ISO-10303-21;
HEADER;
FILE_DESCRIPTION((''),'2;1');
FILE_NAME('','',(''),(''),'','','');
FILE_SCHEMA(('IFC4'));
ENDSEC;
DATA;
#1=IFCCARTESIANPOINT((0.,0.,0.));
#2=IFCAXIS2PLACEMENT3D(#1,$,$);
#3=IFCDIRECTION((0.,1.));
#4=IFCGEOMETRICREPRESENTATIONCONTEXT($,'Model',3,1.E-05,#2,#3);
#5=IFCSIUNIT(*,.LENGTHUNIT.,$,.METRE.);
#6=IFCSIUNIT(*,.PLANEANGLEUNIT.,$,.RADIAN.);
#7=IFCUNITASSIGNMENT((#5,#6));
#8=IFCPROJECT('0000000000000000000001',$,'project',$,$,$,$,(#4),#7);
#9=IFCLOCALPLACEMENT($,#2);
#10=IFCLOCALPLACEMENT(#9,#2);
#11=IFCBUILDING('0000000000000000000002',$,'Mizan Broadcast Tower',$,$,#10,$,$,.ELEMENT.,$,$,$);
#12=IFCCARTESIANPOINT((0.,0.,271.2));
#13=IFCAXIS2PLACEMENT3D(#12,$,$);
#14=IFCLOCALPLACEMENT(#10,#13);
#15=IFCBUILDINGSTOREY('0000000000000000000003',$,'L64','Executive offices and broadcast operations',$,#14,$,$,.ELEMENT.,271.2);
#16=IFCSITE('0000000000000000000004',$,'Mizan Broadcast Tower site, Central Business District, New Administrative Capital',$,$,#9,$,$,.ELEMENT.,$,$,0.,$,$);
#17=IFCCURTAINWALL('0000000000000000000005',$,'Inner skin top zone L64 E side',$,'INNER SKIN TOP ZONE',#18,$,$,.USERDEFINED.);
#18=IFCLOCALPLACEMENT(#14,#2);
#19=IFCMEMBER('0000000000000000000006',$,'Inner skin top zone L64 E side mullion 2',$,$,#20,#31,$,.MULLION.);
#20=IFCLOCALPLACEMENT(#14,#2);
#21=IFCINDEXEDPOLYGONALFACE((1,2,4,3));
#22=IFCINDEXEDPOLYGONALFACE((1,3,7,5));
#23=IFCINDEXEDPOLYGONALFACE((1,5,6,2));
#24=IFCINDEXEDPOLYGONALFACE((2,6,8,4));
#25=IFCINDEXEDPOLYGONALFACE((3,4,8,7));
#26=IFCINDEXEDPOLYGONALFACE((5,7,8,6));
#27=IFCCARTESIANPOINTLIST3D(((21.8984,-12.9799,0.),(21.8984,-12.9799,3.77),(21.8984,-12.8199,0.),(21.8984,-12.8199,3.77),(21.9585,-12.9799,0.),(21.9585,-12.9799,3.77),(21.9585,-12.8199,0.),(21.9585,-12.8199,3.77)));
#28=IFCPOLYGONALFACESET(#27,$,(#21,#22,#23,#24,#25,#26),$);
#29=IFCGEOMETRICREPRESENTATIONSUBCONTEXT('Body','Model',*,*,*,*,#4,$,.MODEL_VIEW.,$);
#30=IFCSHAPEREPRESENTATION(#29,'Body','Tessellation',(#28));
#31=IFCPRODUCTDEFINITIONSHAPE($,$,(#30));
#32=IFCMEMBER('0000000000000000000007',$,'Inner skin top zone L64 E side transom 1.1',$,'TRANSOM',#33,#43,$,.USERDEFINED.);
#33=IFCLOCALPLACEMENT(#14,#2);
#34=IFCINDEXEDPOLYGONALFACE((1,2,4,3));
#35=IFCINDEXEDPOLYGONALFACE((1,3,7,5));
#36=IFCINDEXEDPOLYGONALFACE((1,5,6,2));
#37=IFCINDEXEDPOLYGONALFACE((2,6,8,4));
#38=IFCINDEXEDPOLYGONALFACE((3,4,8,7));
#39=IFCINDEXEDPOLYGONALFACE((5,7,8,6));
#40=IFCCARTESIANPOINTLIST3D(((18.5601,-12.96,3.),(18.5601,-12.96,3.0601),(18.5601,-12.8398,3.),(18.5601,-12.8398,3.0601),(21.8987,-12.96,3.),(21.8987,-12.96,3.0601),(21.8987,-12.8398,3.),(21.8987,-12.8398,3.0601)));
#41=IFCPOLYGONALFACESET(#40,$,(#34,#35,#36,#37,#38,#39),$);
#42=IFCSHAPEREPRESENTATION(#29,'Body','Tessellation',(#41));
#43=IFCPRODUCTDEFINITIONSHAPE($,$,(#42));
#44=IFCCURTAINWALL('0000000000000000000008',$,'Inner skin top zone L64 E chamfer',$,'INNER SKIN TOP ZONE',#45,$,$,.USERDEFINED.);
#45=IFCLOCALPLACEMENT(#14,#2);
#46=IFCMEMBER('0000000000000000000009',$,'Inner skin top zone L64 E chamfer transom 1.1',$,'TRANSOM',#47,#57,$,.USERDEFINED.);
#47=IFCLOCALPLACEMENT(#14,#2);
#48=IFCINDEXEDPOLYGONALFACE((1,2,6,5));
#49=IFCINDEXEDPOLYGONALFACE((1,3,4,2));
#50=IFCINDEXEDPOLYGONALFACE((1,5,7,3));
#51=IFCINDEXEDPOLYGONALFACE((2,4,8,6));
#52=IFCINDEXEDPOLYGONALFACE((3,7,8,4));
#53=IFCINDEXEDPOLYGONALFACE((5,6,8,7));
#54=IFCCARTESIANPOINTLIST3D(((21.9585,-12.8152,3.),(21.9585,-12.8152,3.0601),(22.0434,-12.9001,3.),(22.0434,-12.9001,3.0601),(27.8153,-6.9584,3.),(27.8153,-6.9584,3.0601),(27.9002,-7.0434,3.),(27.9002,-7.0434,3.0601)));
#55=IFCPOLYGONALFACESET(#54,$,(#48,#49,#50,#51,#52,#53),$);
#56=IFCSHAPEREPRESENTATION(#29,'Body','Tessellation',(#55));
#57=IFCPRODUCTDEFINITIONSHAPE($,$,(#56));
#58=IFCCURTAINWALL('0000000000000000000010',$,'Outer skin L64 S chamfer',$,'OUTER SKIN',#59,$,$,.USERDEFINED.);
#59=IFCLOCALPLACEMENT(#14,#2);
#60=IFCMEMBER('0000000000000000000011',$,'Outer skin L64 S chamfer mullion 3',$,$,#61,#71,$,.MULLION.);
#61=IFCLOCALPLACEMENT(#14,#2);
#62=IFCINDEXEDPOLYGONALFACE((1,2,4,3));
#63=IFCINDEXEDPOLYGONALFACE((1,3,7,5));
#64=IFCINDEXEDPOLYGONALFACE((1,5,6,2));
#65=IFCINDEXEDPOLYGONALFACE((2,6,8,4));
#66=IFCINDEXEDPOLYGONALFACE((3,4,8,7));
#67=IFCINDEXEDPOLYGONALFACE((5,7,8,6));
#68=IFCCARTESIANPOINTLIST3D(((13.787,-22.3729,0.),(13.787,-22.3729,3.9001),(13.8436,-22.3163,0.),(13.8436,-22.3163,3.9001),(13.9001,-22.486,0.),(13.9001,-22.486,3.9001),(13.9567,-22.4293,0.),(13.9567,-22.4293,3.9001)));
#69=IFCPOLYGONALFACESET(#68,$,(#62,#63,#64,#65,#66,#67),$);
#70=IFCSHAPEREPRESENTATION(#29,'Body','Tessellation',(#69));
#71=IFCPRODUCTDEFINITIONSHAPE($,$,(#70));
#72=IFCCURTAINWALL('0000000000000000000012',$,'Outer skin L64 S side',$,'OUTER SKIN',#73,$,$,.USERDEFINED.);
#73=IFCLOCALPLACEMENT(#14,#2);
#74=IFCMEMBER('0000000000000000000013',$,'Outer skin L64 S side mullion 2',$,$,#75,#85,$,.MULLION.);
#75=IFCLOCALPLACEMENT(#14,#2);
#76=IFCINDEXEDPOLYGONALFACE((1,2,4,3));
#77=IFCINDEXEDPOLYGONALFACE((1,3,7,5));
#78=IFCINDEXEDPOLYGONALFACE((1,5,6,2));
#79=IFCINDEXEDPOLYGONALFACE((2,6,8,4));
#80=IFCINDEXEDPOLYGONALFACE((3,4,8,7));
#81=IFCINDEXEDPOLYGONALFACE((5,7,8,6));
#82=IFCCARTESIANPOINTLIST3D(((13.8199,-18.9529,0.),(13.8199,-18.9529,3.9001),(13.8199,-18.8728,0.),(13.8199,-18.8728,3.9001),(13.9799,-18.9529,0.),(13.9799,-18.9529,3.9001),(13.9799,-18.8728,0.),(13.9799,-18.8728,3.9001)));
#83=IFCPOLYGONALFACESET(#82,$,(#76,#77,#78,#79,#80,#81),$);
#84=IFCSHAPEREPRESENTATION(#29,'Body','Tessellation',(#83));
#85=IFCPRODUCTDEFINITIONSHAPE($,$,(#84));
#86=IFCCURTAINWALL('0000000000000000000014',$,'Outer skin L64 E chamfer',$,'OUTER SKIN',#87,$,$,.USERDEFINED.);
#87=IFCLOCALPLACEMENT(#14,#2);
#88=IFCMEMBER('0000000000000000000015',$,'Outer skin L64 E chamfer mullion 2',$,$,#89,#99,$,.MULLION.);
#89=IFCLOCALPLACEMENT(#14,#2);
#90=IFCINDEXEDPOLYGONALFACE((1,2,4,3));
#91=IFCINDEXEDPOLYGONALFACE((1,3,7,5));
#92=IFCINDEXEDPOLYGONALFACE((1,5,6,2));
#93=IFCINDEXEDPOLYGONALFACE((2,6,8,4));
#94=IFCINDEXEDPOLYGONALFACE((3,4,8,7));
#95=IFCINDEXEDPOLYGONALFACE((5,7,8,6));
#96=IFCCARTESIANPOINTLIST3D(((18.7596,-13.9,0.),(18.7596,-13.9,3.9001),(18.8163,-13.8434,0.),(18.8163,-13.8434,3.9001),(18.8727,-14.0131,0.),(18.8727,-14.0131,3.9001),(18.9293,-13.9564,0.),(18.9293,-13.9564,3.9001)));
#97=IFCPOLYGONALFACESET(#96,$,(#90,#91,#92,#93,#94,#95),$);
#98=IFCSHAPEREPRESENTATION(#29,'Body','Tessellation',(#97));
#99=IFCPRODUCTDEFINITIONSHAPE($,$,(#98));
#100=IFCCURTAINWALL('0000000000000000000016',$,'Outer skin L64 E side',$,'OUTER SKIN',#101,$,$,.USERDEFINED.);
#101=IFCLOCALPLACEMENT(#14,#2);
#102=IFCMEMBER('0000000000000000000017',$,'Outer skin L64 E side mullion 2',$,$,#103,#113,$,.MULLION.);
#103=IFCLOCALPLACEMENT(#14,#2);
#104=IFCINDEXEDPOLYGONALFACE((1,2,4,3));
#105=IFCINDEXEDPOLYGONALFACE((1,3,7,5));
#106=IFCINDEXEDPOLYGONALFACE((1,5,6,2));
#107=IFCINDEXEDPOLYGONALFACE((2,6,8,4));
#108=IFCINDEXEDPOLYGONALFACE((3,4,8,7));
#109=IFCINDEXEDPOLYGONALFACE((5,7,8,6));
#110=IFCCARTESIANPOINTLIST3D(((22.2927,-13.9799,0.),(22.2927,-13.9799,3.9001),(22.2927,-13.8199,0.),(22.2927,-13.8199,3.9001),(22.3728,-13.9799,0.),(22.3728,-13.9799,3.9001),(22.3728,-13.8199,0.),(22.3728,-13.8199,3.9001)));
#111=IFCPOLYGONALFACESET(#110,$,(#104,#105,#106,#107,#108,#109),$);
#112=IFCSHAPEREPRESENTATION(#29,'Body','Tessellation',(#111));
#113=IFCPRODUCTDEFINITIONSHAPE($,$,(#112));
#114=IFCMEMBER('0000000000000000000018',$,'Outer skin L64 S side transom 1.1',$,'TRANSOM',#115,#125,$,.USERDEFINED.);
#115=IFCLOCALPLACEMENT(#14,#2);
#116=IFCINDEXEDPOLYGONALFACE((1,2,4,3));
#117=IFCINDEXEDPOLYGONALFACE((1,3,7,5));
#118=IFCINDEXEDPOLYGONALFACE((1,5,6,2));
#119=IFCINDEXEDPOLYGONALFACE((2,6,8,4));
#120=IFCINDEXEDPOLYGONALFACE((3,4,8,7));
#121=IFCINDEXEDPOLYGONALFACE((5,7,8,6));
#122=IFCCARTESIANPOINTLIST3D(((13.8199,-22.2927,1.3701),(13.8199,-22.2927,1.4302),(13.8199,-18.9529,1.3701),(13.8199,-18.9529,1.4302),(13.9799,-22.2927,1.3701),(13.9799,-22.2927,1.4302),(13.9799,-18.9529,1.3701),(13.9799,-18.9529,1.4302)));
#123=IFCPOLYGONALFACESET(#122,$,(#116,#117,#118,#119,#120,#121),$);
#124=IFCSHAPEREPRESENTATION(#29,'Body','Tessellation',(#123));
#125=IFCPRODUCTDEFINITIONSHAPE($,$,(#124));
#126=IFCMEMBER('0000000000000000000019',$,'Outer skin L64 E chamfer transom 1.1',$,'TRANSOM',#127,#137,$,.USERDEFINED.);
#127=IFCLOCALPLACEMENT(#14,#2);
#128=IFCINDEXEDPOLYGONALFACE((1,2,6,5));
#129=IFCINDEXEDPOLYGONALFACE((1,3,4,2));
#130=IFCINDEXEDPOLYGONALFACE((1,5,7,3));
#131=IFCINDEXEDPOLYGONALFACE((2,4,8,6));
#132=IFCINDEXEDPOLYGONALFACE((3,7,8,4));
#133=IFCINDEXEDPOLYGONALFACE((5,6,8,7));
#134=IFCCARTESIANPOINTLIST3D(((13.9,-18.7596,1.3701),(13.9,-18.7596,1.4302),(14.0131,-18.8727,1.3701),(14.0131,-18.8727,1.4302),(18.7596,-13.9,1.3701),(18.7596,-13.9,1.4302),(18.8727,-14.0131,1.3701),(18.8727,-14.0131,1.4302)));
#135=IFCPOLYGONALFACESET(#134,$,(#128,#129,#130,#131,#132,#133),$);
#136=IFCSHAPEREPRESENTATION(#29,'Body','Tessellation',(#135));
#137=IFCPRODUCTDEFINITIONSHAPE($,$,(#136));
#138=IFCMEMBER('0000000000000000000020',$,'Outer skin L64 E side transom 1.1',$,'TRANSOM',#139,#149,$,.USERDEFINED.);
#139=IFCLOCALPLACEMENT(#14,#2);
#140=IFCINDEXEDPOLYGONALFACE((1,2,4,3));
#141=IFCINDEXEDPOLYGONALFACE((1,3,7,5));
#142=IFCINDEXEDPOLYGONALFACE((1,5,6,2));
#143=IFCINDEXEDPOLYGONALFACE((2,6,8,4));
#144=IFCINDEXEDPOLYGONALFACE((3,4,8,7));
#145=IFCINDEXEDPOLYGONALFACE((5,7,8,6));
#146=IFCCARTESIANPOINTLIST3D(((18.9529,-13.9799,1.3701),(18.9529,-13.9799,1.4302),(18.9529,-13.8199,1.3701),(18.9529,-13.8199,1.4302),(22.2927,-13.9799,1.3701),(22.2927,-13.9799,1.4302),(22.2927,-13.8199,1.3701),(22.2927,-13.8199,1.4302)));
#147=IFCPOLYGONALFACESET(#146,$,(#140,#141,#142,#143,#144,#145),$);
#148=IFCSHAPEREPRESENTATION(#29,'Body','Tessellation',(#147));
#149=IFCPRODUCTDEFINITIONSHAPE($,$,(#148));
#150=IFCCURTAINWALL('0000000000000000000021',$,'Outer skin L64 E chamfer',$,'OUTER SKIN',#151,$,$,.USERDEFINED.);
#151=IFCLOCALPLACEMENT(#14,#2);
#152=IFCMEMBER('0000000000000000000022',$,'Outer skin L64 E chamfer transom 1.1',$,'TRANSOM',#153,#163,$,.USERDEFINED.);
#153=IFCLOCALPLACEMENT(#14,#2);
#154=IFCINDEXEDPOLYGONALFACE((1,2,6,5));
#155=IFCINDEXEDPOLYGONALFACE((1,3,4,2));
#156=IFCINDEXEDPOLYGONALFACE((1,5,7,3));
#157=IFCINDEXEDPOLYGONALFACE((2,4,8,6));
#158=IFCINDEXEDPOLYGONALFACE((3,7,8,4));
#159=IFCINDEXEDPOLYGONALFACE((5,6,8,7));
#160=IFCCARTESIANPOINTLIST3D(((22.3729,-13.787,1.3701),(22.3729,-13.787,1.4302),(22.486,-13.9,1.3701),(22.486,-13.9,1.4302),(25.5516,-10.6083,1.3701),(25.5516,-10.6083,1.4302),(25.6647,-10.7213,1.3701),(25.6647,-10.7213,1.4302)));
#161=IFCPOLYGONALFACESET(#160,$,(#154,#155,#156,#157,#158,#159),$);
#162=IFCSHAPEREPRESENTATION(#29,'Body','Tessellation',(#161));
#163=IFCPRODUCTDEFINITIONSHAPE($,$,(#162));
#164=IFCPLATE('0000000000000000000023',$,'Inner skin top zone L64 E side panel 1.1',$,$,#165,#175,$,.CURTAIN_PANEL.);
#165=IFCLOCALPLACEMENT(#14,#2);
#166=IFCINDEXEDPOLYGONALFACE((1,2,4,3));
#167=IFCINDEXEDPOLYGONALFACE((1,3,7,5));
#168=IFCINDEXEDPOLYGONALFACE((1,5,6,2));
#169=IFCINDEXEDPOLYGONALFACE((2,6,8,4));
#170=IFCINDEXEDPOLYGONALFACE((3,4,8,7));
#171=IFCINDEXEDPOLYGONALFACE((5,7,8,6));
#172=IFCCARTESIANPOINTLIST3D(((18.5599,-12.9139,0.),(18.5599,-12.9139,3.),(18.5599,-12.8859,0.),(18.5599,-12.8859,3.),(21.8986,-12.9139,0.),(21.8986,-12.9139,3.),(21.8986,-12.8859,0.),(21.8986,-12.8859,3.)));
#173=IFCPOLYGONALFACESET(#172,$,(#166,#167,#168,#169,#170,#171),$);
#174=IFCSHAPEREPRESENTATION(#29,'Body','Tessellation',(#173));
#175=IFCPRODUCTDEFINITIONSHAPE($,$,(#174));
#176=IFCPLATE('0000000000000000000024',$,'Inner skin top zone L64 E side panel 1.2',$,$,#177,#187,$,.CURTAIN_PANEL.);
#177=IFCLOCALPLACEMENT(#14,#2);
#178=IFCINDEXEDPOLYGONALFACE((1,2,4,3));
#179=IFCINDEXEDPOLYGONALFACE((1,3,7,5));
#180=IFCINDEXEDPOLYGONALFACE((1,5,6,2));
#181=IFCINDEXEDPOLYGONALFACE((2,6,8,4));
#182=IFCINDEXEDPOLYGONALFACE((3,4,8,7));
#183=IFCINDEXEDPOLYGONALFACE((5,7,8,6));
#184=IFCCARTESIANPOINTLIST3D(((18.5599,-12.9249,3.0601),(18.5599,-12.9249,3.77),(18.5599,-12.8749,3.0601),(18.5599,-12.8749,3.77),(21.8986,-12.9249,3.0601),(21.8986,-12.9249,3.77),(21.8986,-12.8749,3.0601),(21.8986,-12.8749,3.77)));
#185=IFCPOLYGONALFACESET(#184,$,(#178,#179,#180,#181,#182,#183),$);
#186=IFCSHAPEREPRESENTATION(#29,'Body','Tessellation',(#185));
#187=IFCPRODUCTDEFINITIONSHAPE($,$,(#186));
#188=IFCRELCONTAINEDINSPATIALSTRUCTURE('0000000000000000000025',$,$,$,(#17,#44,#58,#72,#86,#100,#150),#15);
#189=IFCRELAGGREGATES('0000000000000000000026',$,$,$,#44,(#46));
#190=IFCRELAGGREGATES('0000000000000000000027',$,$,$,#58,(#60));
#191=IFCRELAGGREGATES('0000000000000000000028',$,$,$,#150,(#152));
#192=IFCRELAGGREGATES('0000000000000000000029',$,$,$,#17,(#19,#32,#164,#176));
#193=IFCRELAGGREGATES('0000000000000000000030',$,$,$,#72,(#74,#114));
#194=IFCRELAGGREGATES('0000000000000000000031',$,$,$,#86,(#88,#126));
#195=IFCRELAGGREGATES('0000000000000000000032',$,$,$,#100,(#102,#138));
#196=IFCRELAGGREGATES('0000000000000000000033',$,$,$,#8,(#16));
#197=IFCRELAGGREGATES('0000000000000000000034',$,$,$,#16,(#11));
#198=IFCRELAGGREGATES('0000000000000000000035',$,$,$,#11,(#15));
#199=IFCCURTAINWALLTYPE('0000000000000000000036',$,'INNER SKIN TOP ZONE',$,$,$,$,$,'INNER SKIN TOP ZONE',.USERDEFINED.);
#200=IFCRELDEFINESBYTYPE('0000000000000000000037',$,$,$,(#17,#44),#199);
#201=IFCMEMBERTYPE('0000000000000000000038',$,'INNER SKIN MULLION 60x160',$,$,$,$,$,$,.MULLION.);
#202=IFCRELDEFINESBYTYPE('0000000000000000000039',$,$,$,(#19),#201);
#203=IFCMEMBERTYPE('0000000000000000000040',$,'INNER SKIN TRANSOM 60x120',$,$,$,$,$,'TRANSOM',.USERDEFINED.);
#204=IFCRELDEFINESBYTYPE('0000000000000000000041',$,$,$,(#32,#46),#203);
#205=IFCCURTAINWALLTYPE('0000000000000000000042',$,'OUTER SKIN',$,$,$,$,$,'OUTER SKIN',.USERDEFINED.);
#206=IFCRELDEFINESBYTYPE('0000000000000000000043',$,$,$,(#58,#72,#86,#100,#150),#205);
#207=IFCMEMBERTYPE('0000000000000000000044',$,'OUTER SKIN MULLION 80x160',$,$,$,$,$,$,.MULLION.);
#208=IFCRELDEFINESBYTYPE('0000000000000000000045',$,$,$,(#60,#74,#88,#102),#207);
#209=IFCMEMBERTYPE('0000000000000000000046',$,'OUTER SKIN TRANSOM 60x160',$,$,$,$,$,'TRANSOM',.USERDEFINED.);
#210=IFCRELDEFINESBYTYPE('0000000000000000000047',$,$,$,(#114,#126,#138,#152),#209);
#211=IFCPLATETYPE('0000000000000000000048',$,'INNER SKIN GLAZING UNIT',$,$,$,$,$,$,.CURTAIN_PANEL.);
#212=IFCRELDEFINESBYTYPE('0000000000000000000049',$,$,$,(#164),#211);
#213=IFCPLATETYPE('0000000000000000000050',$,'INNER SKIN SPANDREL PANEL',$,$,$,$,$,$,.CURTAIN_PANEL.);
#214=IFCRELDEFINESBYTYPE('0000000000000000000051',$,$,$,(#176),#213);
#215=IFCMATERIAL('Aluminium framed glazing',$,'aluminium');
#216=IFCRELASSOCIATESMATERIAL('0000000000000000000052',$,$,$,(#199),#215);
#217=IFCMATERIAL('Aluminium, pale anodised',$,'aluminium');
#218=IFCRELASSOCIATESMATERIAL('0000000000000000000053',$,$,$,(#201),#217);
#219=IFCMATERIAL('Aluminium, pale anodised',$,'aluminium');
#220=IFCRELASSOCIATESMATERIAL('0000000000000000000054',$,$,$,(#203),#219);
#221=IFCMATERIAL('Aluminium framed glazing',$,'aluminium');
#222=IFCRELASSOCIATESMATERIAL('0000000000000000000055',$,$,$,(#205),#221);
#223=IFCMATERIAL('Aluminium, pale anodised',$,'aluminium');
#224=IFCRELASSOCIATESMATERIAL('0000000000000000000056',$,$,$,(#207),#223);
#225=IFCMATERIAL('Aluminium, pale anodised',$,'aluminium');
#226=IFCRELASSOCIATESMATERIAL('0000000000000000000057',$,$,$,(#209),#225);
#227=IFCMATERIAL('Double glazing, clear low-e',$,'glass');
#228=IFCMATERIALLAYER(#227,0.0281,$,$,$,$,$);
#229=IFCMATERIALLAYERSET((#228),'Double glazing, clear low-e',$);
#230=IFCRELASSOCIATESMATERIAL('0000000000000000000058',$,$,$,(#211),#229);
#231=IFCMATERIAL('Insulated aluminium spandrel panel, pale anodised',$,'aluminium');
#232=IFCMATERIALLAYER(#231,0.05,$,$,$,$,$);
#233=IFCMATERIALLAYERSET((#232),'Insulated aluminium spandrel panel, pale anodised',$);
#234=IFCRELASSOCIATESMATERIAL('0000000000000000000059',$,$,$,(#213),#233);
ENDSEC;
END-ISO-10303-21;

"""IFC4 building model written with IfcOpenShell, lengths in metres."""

from ifc_helpers import new_model, si_unit, direction, frame, origin, origin_2d, place, context, subcontext, project, spatial, rectangle, extrude, material, layer, layer_set, material_profile, profile_set, type_object, element, aggregate, save


model = new_model("IFC4")

# Units and contexts
model_context = context("Model", 3, precision=1e-05, world=origin(), true_north=direction((0.0, 1.0)))
body_context = subcontext(model_context, "Body", "Model", "MODEL_VIEW")
ifc_project = project(units=[si_unit("LENGTHUNIT", "METRE"), si_unit("PLANEANGLEUNIT", "RADIAN")], contexts=[model_context])

# Site, building, storey
site_placement = place(None, origin())
site = spatial("IfcSite", under=ifc_project, at=site_placement, Name="Mizan Broadcast Tower site, Central Business District, New Administrative Capital", CompositionType="ELEMENT", RefElevation=0.0)
building_placement = place(site_placement, origin())
building = spatial("IfcBuilding", under=site, at=building_placement, Name="Mizan Broadcast Tower", CompositionType="ELEMENT")
storey_placement = place(building_placement, frame((0.0, 0.0, 271.2)))
storey = spatial("IfcBuildingStorey", under=building, at=storey_placement, Name="L64", Description="Executive offices and broadcast operations", CompositionType="ELEMENT", Elevation=271.2)

# Curtain wall, members
ifc_material_1 = material(Name="Aluminium framed glazing", Category="aluminium")
curtain_wall_type_1 = type_object("IfcCurtainWallType", Name="INNER SKIN TOP ZONE", ElementType="INNER SKIN TOP ZONE", PredefinedType="USERDEFINED", material=ifc_material_1)
curtain_wall_1_placement = place(storey_placement, origin())
curtain_wall_1 = element("IfcCurtainWall", 1, at=curtain_wall_1_placement, inside=storey, type_object=curtain_wall_type_1, Name="Inner skin top zone L64 E side", ObjectType="INNER SKIN TOP ZONE", PredefinedType="USERDEFINED")
ifc_material_2 = material(Name="Aluminium, pale anodised", Category="aluminium")
ifc_material_profile_1 = material_profile(ifc_material_2, rectangle(XDim=0.1599, YDim=0.0601, at=origin_2d()), Name="MULLION 160x60")
ifc_profile_set_1 = profile_set([ifc_material_profile_1], Name="Aluminium, pale anodised")
member_type_1 = type_object("IfcMemberType", Name="INNER SKIN MULLION 60x160", PredefinedType="MULLION", material=ifc_profile_set_1)
member_1_placement = place(storey_placement, frame((21.9285, -12.8999, 0.0), z_axis=(0.0, 0.0, 1.0), x_axis=(0.0, 1.0, 0.0)))
member_1 = element("IfcMember", 2, at=member_1_placement, type_object=member_type_1, Name="Inner skin top zone L64 E side mullion 2", PredefinedType="MULLION", context=body_context, shape_type="SweptSolid", body=[
    extrude(rectangle(XDim=0.1599, YDim=0.0601, at=origin_2d()), origin(), (0.0, 0.0, 1.0), 3.77),
])
ifc_material_3 = material(Name="Aluminium, pale anodised", Category="aluminium")
ifc_material_profile_2 = material_profile(ifc_material_3, rectangle(XDim=0.1201, YDim=0.0601, at=origin_2d()), Name="TRANSOM 120x60")
ifc_profile_set_2 = profile_set([ifc_material_profile_2], Name="Aluminium, pale anodised")
member_type_2 = type_object("IfcMemberType", Name="INNER SKIN TRANSOM 60x120", ElementType="TRANSOM", PredefinedType="USERDEFINED", material=ifc_profile_set_2)
member_2_placement = place(storey_placement, frame((18.5601, -12.8999, 3.03), z_axis=(1.0, 0.0, 0.0), x_axis=(0.0, 1.0, 0.0)))
member_2 = element("IfcMember", 3, at=member_2_placement, type_object=member_type_2, Name="Inner skin top zone L64 E side transom 1.1", ObjectType="TRANSOM", PredefinedType="USERDEFINED", context=body_context, shape_type="SweptSolid", body=[
    extrude(rectangle(XDim=0.1201, YDim=0.0601, at=origin_2d()), origin(), (0.0, 0.0, 1.0), 3.3386),
])

# Curtain walls, members
curtain_wall_2_placement = place(storey_placement, origin())
curtain_wall_2 = element("IfcCurtainWall", 4, at=curtain_wall_2_placement, inside=storey, type_object=curtain_wall_type_1, Name="Inner skin top zone L64 E chamfer", ObjectType="INNER SKIN TOP ZONE", PredefinedType="USERDEFINED")
member_3_placement = place(storey_placement, frame((22.001, -12.8577, 3.03), z_axis=(0.707107, 0.707107, 0.0), x_axis=(-0.707107, 0.707107, 0.0)))
member_3 = element("IfcMember", 5, at=member_3_placement, type_object=member_type_2, Name="Inner skin top zone L64 E chamfer transom 1.1", ObjectType="TRANSOM", PredefinedType="USERDEFINED", context=body_context, shape_type="SweptSolid", body=[
    extrude(rectangle(XDim=0.1201, YDim=0.0601, at=origin_2d()), origin(), (0.0, 0.0, 1.0), 8.2827),
])
aggregate(curtain_wall_2, [member_3])
ifc_material_4 = material(Name="Aluminium framed glazing", Category="aluminium")
curtain_wall_type_2 = type_object("IfcCurtainWallType", Name="OUTER SKIN", ElementType="OUTER SKIN", PredefinedType="USERDEFINED", material=ifc_material_4)
curtain_wall_3_placement = place(storey_placement, origin())
curtain_wall_3 = element("IfcCurtainWall", 6, at=curtain_wall_3_placement, inside=storey, type_object=curtain_wall_type_2, Name="Outer skin L64 S chamfer", ObjectType="OUTER SKIN", PredefinedType="USERDEFINED")
ifc_material_5 = material(Name="Aluminium, pale anodised", Category="aluminium")
ifc_material_profile_3 = material_profile(ifc_material_5, rectangle(XDim=0.1599, YDim=0.0801, at=origin_2d()), Name="MULLION 160x80")
ifc_profile_set_3 = profile_set([ifc_material_profile_3], Name="Aluminium, pale anodised")
member_type_3 = type_object("IfcMemberType", Name="OUTER SKIN MULLION 80x160", PredefinedType="MULLION", material=ifc_profile_set_3)
member_4_placement = place(storey_placement, frame((13.8718, -22.4011, 0.0), z_axis=(0.0, 0.0, 1.0), x_axis=(-0.707107, 0.707107, 0.0)))
member_4 = element("IfcMember", 7, at=member_4_placement, type_object=member_type_3, Name="Outer skin L64 S chamfer mullion 3", PredefinedType="MULLION", context=body_context, shape_type="SweptSolid", body=[
    extrude(rectangle(XDim=0.1599, YDim=0.0801, at=origin_2d()), origin(), (0.0, 0.0, 1.0), 3.9001),
])
aggregate(curtain_wall_3, [member_4])
curtain_wall_4_placement = place(storey_placement, origin())
curtain_wall_4 = element("IfcCurtainWall", 8, at=curtain_wall_4_placement, inside=storey, type_object=curtain_wall_type_2, Name="Outer skin L64 S side", ObjectType="OUTER SKIN", PredefinedType="USERDEFINED")
member_5_placement = place(storey_placement, frame((13.8999, -18.9128, 0.0), z_axis=(0.0, 0.0, 1.0), x_axis=(-1.0, 0.0, 0.0)))
member_5 = element("IfcMember", 9, at=member_5_placement, type_object=member_type_3, Name="Outer skin L64 S side mullion 2", PredefinedType="MULLION", context=body_context, shape_type="SweptSolid", body=[
    extrude(rectangle(XDim=0.1599, YDim=0.0801, at=origin_2d()), origin(), (0.0, 0.0, 1.0), 3.9001),
])
curtain_wall_5_placement = place(storey_placement, origin())
curtain_wall_5 = element("IfcCurtainWall", 10, at=curtain_wall_5_placement, inside=storey, type_object=curtain_wall_type_2, Name="Outer skin L64 E chamfer", ObjectType="OUTER SKIN", PredefinedType="USERDEFINED")
member_6_placement = place(storey_placement, frame((18.8445, -13.9282, 0.0), z_axis=(0.0, 0.0, 1.0), x_axis=(-0.707107, 0.707107, 0.0)))
member_6 = element("IfcMember", 11, at=member_6_placement, type_object=member_type_3, Name="Outer skin L64 E chamfer mullion 2", PredefinedType="MULLION", context=body_context, shape_type="SweptSolid", body=[
    extrude(rectangle(XDim=0.1599, YDim=0.0801, at=origin_2d()), origin(), (0.0, 0.0, 1.0), 3.9001),
])
curtain_wall_6_placement = place(storey_placement, origin())
curtain_wall_6 = element("IfcCurtainWall", 12, at=curtain_wall_6_placement, inside=storey, type_object=curtain_wall_type_2, Name="Outer skin L64 E side", ObjectType="OUTER SKIN", PredefinedType="USERDEFINED")
member_7_placement = place(storey_placement, frame((22.3328, -13.8999, 0.0), z_axis=(0.0, 0.0, 1.0), x_axis=(0.0, 1.0, 0.0)))
member_7 = element("IfcMember", 13, at=member_7_placement, type_object=member_type_3, Name="Outer skin L64 E side mullion 2", PredefinedType="MULLION", context=body_context, shape_type="SweptSolid", body=[
    extrude(rectangle(XDim=0.1599, YDim=0.0801, at=origin_2d()), origin(), (0.0, 0.0, 1.0), 3.9001),
])

# Members
ifc_material_6 = material(Name="Aluminium, pale anodised", Category="aluminium")
ifc_material_profile_4 = material_profile(ifc_material_6, rectangle(XDim=0.1599, YDim=0.0601, at=origin_2d()), Name="TRANSOM 160x60")
ifc_profile_set_4 = profile_set([ifc_material_profile_4], Name="Aluminium, pale anodised")
member_type_4 = type_object("IfcMemberType", Name="OUTER SKIN TRANSOM 60x160", ElementType="TRANSOM", PredefinedType="USERDEFINED", material=ifc_profile_set_4)
member_8_placement = place(storey_placement, frame((13.8999, -22.2927, 1.4001), z_axis=(0.0, 1.0, 0.0), x_axis=(-1.0, 0.0, 0.0)))
member_8 = element("IfcMember", 14, at=member_8_placement, type_object=member_type_4, Name="Outer skin L64 S side transom 1.1", ObjectType="TRANSOM", PredefinedType="USERDEFINED", context=body_context, shape_type="SweptSolid", body=[
    extrude(rectangle(XDim=0.1599, YDim=0.0601, at=origin_2d()), origin(), (0.0, 0.0, 1.0), 3.3398),
])
member_9_placement = place(storey_placement, frame((13.9565, -18.8162, 1.4001), z_axis=(0.707107, 0.707107, 0.0), x_axis=(-0.707107, 0.707107, 0.0)))
member_9 = element("IfcMember", 15, at=member_9_placement, type_object=member_type_4, Name="Outer skin L64 E chamfer transom 1.1", ObjectType="TRANSOM", PredefinedType="USERDEFINED", context=body_context, shape_type="SweptSolid", body=[
    extrude(rectangle(XDim=0.1599, YDim=0.0601, at=origin_2d()), origin(), (0.0, 0.0, 1.0), 6.8726),
])
member_10_placement = place(storey_placement, frame((18.9529, -13.8999, 1.4001), z_axis=(1.0, 0.0, 0.0), x_axis=(0.0, 1.0, 0.0)))
member_10 = element("IfcMember", 16, at=member_10_placement, type_object=member_type_4, Name="Outer skin L64 E side transom 1.1", ObjectType="TRANSOM", PredefinedType="USERDEFINED", context=body_context, shape_type="SweptSolid", body=[
    extrude(rectangle(XDim=0.1599, YDim=0.0601, at=origin_2d()), origin(), (0.0, 0.0, 1.0), 3.3398),
])

# Curtain wall, member
curtain_wall_7_placement = place(storey_placement, origin())
curtain_wall_7 = element("IfcCurtainWall", 17, at=curtain_wall_7_placement, inside=storey, type_object=curtain_wall_type_2, Name="Outer skin L64 E chamfer", ObjectType="OUTER SKIN", PredefinedType="USERDEFINED")
member_11_placement = place(storey_placement, frame((22.4294, -13.8435, 1.4001), z_axis=(0.707107, 0.707107, 0.0), x_axis=(-0.707107, 0.707107, 0.0)))
member_11 = element("IfcMember", 18, at=member_11_placement, type_object=member_type_4, Name="Outer skin L64 E chamfer transom 1.1", ObjectType="TRANSOM", PredefinedType="USERDEFINED", context=body_context, shape_type="SweptSolid", body=[
    extrude(rectangle(XDim=0.1599, YDim=0.0601, at=origin_2d()), origin(), (0.0, 0.0, 1.0), 4.4954),
])
aggregate(curtain_wall_7, [member_11])

# Plates
ifc_material_7 = material(Name="Double glazing, clear low-e", Category="glass")
ifc_layer_1 = layer(ifc_material_7, 0.0281)
ifc_layer_set_1 = layer_set([ifc_layer_1], Name="Double glazing, clear low-e")
plate_type_1 = type_object("IfcPlateType", Name="INNER SKIN GLAZING UNIT", PredefinedType="CURTAIN_PANEL", material=ifc_layer_set_1)
plate_1_placement = place(storey_placement, frame((20.2292, -12.8999, 0.0), z_axis=(0.0, 0.0, 1.0), x_axis=(1.0, 0.0, 0.0)))
plate_1 = element("IfcPlate", 19, at=plate_1_placement, type_object=plate_type_1, Name="Inner skin top zone L64 E side panel 1.1", PredefinedType="CURTAIN_PANEL", context=body_context, shape_type="SweptSolid", body=[
    extrude(rectangle(XDim=3.3386, YDim=0.0281, at=origin_2d()), origin(), (0.0, 0.0, 1.0), 3.0),
])
ifc_material_8 = material(Name="Insulated aluminium spandrel panel, pale anodised", Category="aluminium")
ifc_layer_2 = layer(ifc_material_8, 0.05)
ifc_layer_set_2 = layer_set([ifc_layer_2], Name="Insulated aluminium spandrel panel, pale anodised")
plate_type_2 = type_object("IfcPlateType", Name="INNER SKIN SPANDREL PANEL", PredefinedType="CURTAIN_PANEL", material=ifc_layer_set_2)
plate_2_placement = place(storey_placement, frame((20.2292, -12.8999, 3.0601), z_axis=(0.0, 0.0, 1.0), x_axis=(1.0, 0.0, 0.0)))
plate_2 = element("IfcPlate", 20, at=plate_2_placement, type_object=plate_type_2, Name="Inner skin top zone L64 E side panel 1.2", PredefinedType="CURTAIN_PANEL", context=body_context, shape_type="SweptSolid", body=[
    extrude(rectangle(XDim=3.3386, YDim=0.05, at=origin_2d()), origin(), (0.0, 0.0, 1.0), 0.71),
])
aggregate(curtain_wall_1, [member_1, member_2, plate_1, plate_2])
aggregate(curtain_wall_4, [member_5, member_8])
aggregate(curtain_wall_5, [member_6, member_9])
aggregate(curtain_wall_6, [member_7, member_10])

save(model, "model.ifc")
